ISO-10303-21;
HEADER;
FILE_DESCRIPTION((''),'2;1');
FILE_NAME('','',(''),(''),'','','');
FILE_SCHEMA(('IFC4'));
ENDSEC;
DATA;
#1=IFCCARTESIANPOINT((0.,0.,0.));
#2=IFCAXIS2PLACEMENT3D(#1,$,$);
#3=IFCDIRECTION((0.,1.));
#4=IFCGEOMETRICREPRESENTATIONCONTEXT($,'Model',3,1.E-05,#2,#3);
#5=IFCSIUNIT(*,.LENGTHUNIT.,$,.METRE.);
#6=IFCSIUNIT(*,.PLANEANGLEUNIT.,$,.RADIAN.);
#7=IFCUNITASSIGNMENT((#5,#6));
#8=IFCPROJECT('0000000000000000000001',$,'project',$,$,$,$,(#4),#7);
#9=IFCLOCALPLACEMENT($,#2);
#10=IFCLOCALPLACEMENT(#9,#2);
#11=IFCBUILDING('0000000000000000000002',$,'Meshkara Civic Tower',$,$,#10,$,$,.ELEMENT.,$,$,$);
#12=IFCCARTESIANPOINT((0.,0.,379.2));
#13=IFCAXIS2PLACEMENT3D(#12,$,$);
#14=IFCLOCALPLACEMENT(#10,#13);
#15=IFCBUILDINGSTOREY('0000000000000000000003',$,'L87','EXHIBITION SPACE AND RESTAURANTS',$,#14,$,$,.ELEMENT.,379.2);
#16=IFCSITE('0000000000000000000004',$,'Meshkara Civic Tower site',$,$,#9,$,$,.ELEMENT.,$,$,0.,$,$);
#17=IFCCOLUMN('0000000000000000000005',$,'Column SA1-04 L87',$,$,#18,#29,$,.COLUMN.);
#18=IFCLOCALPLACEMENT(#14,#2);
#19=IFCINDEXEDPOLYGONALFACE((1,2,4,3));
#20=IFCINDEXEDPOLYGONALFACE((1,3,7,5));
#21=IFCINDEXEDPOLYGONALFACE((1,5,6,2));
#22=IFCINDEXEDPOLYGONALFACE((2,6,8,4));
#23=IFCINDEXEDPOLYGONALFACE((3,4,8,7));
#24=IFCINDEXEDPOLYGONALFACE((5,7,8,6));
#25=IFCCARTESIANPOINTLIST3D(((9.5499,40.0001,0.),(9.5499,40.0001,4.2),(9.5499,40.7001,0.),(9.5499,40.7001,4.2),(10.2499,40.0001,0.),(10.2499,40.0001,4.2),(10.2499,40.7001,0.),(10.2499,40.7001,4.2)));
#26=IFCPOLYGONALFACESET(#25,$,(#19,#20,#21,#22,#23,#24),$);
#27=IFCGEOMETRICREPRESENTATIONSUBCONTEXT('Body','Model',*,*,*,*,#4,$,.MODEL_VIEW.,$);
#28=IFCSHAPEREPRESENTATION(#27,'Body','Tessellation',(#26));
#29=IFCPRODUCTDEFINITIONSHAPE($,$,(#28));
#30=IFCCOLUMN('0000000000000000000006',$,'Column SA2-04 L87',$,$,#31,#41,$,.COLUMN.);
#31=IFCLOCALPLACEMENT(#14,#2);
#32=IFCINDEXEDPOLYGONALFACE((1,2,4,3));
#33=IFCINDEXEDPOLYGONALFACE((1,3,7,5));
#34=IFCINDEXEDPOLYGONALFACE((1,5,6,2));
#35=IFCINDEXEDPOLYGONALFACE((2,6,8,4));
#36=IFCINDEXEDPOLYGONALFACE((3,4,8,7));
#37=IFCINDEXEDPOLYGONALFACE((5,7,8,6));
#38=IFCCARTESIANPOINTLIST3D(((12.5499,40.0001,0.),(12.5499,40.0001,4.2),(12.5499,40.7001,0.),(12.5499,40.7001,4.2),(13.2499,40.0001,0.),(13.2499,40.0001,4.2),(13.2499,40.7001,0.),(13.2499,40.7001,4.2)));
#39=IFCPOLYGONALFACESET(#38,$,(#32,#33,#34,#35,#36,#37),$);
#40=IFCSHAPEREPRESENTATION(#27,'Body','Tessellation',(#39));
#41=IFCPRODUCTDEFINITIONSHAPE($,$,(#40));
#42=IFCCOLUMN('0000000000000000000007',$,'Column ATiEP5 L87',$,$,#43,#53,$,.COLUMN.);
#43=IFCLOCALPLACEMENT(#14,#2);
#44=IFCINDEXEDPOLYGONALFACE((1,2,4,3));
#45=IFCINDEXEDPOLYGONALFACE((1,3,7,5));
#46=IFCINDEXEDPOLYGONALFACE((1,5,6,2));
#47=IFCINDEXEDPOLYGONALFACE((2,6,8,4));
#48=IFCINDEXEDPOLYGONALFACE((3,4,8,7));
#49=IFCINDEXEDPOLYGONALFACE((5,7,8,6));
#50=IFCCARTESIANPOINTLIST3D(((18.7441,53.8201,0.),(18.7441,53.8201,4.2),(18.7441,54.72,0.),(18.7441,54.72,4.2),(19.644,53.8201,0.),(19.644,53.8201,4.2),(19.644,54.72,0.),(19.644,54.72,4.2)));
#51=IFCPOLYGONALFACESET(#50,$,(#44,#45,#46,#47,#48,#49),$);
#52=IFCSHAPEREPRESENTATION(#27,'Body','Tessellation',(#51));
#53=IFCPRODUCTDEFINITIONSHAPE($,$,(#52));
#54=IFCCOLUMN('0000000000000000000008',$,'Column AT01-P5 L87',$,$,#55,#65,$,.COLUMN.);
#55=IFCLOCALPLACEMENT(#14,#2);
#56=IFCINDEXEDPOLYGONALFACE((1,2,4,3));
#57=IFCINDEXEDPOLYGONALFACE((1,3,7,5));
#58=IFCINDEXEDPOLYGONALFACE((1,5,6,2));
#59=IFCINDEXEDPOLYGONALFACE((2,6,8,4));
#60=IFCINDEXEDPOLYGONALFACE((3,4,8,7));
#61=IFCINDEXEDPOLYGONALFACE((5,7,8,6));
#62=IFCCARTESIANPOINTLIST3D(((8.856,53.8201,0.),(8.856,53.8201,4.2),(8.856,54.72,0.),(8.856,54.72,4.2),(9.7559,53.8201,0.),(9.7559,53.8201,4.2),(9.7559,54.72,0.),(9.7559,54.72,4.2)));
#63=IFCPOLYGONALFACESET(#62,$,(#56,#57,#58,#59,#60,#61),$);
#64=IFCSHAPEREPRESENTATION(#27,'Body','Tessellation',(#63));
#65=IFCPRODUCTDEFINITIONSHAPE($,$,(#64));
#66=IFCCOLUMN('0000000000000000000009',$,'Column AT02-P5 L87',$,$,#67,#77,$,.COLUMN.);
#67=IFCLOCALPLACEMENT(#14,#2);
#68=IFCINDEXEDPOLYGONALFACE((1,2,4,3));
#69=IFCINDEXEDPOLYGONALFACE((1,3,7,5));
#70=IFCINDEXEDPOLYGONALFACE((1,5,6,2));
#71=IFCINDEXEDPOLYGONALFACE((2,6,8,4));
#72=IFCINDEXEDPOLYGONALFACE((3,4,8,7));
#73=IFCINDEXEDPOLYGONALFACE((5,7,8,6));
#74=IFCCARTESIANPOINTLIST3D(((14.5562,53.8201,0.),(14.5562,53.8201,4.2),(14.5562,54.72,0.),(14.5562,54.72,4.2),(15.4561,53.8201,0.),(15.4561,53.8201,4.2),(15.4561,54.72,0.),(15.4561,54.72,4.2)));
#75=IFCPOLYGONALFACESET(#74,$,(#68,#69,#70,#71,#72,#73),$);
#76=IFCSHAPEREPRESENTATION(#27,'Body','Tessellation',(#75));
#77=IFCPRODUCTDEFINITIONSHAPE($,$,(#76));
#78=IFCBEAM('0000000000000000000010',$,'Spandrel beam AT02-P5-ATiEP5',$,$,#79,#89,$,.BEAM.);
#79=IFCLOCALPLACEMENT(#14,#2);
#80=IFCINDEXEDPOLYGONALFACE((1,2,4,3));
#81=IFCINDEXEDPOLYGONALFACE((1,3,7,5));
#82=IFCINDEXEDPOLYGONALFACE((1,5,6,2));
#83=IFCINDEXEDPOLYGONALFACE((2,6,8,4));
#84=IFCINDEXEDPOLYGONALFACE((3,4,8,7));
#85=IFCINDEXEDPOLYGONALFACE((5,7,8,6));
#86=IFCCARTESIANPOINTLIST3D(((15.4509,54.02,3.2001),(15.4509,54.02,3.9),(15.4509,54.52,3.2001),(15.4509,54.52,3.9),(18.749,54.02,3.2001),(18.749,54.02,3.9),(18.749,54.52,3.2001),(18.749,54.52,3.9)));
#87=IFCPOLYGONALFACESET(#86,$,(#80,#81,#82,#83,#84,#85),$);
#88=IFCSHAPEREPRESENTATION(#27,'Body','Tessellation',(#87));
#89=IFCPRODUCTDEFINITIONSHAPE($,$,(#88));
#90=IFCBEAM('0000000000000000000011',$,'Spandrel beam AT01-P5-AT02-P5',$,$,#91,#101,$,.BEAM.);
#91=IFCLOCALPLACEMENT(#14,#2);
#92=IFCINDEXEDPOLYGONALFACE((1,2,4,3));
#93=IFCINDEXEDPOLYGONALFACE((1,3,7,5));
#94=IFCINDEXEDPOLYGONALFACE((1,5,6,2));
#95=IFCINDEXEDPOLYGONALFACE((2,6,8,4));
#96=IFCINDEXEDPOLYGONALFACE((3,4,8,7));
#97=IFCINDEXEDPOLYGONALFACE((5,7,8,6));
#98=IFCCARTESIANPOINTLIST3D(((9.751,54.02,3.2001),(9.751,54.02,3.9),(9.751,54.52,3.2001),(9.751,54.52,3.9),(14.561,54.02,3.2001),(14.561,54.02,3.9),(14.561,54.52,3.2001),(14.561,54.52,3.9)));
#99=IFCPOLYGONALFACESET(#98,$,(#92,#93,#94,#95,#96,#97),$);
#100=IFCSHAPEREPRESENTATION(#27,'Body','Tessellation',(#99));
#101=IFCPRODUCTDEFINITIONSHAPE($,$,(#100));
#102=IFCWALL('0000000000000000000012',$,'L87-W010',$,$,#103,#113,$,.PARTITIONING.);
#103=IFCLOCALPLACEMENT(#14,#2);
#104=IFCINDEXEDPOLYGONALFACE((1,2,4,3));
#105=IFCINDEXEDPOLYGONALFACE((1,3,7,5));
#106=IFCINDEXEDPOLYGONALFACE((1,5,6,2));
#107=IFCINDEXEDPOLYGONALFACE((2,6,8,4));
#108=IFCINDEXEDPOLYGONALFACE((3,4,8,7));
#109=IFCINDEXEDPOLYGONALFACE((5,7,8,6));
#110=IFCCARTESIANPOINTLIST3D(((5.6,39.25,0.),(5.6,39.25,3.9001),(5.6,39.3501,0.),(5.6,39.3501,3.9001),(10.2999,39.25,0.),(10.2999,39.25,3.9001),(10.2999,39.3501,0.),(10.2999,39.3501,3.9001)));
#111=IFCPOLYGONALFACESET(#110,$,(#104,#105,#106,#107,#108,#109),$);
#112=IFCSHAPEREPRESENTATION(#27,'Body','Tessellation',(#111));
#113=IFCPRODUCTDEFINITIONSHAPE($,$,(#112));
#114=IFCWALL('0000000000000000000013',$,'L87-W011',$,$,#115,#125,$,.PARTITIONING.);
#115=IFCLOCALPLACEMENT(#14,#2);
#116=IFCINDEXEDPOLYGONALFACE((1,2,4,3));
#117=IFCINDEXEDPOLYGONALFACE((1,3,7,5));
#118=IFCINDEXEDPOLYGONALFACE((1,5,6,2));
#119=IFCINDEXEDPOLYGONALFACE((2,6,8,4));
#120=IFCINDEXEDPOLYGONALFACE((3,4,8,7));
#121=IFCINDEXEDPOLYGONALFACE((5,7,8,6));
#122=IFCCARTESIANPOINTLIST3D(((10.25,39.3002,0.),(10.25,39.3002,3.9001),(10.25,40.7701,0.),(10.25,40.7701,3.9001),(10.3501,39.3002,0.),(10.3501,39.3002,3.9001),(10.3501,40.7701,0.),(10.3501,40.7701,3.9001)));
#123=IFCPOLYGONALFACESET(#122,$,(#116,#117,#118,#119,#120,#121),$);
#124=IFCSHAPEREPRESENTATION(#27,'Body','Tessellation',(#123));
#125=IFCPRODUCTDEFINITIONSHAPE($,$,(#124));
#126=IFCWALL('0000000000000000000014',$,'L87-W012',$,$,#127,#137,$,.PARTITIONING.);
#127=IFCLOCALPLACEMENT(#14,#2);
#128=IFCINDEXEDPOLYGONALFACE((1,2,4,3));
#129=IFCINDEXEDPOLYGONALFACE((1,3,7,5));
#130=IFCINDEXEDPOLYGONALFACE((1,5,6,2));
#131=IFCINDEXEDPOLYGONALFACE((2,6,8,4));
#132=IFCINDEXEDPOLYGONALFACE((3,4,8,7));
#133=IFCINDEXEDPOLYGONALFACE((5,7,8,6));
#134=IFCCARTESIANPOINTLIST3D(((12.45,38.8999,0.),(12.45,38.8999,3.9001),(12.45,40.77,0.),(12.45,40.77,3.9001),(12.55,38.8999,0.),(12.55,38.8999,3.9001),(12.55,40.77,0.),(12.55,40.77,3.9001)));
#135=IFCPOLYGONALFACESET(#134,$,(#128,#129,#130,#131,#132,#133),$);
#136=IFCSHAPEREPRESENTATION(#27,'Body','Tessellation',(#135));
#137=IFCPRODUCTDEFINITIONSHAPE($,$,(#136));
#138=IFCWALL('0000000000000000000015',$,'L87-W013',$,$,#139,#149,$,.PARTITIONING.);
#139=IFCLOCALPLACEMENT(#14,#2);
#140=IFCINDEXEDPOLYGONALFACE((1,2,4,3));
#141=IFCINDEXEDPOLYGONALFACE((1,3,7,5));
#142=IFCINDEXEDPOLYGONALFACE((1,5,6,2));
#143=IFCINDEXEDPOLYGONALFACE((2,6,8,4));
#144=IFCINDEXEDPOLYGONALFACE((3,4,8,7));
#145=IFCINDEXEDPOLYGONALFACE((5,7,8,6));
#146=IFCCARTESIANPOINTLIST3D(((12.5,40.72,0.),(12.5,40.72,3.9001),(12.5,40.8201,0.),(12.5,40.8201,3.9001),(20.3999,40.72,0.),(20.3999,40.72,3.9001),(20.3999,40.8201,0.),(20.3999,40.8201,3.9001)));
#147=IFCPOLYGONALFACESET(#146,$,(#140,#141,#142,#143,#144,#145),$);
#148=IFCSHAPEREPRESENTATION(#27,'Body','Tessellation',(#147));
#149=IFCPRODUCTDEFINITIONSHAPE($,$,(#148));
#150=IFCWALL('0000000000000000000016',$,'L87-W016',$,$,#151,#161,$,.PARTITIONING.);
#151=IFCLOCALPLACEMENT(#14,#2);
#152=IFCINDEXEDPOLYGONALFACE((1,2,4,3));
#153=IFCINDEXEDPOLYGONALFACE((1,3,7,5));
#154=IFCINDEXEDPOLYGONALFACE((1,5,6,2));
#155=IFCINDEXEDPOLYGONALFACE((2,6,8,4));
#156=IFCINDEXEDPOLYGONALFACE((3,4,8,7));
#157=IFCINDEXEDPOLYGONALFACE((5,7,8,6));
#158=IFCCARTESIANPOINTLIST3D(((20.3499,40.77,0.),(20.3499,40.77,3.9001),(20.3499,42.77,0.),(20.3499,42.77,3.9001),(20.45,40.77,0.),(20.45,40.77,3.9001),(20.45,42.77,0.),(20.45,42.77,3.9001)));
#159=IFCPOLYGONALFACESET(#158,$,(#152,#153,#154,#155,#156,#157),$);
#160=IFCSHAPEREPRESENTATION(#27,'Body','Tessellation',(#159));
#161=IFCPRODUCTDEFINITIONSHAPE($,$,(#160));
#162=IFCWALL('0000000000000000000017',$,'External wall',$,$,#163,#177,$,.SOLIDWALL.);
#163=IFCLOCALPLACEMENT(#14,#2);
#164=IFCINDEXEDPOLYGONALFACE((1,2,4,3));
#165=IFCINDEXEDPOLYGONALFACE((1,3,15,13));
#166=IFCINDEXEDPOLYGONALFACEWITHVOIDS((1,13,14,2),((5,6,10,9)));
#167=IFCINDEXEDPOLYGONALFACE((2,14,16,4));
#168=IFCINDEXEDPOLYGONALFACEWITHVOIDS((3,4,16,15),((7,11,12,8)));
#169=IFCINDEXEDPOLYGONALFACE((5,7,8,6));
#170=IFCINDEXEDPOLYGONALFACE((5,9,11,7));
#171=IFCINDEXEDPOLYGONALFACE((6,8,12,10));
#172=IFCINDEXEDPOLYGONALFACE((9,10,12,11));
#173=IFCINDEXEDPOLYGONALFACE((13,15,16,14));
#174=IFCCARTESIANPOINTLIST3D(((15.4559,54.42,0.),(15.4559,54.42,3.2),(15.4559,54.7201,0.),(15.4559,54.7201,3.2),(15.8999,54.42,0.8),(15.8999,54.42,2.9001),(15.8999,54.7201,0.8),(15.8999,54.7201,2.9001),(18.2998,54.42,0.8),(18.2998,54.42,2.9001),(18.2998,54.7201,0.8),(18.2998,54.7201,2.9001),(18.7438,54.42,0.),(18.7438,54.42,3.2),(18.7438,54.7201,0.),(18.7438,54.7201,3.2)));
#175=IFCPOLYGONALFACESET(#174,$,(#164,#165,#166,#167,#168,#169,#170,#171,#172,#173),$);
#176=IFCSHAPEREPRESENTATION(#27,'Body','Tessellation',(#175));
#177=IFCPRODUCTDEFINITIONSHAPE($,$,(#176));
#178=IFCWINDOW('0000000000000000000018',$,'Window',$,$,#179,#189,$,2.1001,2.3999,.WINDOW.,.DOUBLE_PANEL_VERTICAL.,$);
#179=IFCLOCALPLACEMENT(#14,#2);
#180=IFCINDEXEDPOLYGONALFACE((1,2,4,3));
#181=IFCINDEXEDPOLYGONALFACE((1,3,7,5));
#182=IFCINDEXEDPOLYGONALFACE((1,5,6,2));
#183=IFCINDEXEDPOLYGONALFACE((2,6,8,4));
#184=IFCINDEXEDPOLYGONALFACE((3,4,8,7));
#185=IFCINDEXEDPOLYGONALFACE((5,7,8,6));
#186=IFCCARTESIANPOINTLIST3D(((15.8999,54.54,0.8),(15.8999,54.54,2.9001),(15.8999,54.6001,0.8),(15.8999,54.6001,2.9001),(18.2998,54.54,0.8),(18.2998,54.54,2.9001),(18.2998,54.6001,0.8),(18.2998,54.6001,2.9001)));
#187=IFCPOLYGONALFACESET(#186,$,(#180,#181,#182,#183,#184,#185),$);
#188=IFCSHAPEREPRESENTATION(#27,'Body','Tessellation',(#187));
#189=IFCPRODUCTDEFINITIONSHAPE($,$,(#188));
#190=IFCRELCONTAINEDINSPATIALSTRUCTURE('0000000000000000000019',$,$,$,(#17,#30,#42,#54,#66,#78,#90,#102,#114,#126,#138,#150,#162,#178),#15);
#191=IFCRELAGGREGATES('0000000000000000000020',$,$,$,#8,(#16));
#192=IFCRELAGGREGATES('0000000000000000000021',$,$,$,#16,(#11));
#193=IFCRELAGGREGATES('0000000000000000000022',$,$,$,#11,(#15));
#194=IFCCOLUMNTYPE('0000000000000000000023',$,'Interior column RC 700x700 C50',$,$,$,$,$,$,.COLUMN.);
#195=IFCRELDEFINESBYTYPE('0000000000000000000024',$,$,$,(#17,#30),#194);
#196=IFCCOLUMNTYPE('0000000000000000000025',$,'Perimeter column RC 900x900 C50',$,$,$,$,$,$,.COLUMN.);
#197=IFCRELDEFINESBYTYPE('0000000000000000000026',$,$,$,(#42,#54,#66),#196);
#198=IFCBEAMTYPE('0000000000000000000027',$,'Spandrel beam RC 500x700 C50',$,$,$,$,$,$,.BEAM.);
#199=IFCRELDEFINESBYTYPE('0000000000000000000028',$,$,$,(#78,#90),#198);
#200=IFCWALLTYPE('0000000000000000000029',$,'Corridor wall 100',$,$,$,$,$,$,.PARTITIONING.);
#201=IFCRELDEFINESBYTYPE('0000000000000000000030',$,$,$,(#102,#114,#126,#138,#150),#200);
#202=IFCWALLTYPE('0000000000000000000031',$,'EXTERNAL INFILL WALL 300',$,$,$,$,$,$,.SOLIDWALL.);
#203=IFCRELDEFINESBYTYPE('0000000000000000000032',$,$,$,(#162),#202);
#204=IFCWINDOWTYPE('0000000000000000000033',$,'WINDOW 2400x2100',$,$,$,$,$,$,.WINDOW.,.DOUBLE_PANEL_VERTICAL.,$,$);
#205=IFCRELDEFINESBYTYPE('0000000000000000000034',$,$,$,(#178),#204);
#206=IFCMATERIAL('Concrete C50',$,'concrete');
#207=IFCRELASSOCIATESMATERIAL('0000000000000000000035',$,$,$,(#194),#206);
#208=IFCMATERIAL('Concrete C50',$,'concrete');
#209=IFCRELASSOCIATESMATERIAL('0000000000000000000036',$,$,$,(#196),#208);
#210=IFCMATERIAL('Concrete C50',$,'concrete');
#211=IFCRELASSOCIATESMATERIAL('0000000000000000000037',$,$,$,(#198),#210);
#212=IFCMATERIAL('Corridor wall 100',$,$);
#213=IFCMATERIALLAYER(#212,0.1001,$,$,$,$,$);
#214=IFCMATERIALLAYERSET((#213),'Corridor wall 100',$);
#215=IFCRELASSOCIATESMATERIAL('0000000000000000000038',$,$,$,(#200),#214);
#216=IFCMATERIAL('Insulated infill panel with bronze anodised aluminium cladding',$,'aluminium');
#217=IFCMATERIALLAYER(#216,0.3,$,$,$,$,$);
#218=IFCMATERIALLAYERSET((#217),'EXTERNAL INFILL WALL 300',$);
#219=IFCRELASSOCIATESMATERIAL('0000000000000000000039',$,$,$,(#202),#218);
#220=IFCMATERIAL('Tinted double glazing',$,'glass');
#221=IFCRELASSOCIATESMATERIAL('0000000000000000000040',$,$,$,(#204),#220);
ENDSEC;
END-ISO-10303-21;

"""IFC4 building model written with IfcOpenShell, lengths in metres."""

from ifc_helpers import new_model, si_unit, direction, frame, frame_2d, origin, origin_2d, place, context, subcontext, project, spatial, rectangle, extrude, material, layer, layer_set, material_profile, profile_set, type_object, element, fill, save


model = new_model("IFC4")

# Units and contexts
model_context = context("Model", 3, precision=1e-05, world=origin(), true_north=direction((0.0, 1.0)))
body_context = subcontext(model_context, "Body", "Model", "MODEL_VIEW")
ifc_project = project(units=[si_unit("LENGTHUNIT", "METRE"), si_unit("PLANEANGLEUNIT", "RADIAN")], contexts=[model_context])

# Site, building, storey
site_placement = place(None, origin())
site = spatial("IfcSite", under=ifc_project, at=site_placement, Name="Meshkara Civic Tower site", CompositionType="ELEMENT", RefElevation=0.0)
building_placement = place(site_placement, origin())
building = spatial("IfcBuilding", under=site, at=building_placement, Name="Meshkara Civic Tower", CompositionType="ELEMENT")
storey_placement = place(building_placement, frame((0.0, 0.0, 379.2)))
storey = spatial("IfcBuildingStorey", under=building, at=storey_placement, Name="L87", Description="EXHIBITION SPACE AND RESTAURANTS", CompositionType="ELEMENT", Elevation=379.2)

# Columns
ifc_material_1 = material(Name="Concrete C50", Category="concrete")
ifc_material_profile_1 = material_profile(ifc_material_1, rectangle(XDim=0.7, YDim=0.7, at=origin_2d()))
ifc_profile_set_1 = profile_set([ifc_material_profile_1], Name="Concrete C50")
column_type_1 = type_object("IfcColumnType", Name="Interior column RC 700x700 C50", PredefinedType="COLUMN", material=ifc_profile_set_1)
for number, where, z_axis, x_axis, name in (
    (1, (9.8999, 40.3501, 0.0), (0.0, 0.0, 1.0), (1.0, 0.0, 0.0), "Column SA1-04 L87"),
    (2, (12.8999, 40.3501, 0.0), (0.0, 0.0, 1.0), (1.0, 0.0, 0.0), "Column SA2-04 L87"),
):
    element("IfcColumn", number, at=place(storey_placement, frame(where, z_axis=z_axis, x_axis=x_axis)), inside=storey, type_object=column_type_1, Name=name, PredefinedType="COLUMN", context=body_context, shape_type="SweptSolid", body=[
        extrude(rectangle(XDim=0.7, YDim=0.7, at=origin_2d()), origin(), (0.0, 0.0, 1.0), 4.2),
    ])
ifc_material_2 = material(Name="Concrete C50", Category="concrete")
ifc_material_profile_2 = material_profile(ifc_material_2, rectangle(XDim=0.8999, YDim=0.8999, at=origin_2d()))
ifc_profile_set_2 = profile_set([ifc_material_profile_2], Name="Concrete C50")
column_type_2 = type_object("IfcColumnType", Name="Perimeter column RC 900x900 C50", PredefinedType="COLUMN", material=ifc_profile_set_2)
for number, where, z_axis, x_axis, name in (
    (3, (19.1941, 54.27, 0.0), (0.0, 0.0, 1.0), (1.0, 0.0, 0.0), "Column ATiEP5 L87"),
    (4, (9.3059, 54.27, 0.0), (0.0, 0.0, 1.0), (1.0, 0.0, 0.0), "Column AT01-P5 L87"),
    (5, (15.0061, 54.27, 0.0), (0.0, 0.0, 1.0), (1.0, 0.0, 0.0), "Column AT02-P5 L87"),
):
    element("IfcColumn", number, at=place(storey_placement, frame(where, z_axis=z_axis, x_axis=x_axis)), inside=storey, type_object=column_type_2, Name=name, PredefinedType="COLUMN", context=body_context, shape_type="SweptSolid", body=[
        extrude(rectangle(XDim=0.8999, YDim=0.8999, at=origin_2d()), origin(), (0.0, 0.0, 1.0), 4.2),
    ])

# Beams
ifc_material_3 = material(Name="Concrete C50", Category="concrete")
ifc_material_profile_3 = material_profile(ifc_material_3, rectangle(XDim=0.5, YDim=0.7, at=origin_2d()))
ifc_profile_set_3 = profile_set([ifc_material_profile_3], Name="Concrete C50")
beam_type = type_object("IfcBeamType", Name="Spandrel beam RC 500x700 C50", PredefinedType="BEAM", material=ifc_profile_set_3)
beam_1_placement = place(storey_placement, frame((18.749, 54.27, 3.55), z_axis=(-1.0, 0.0, 0.0), x_axis=(0.0, -1.0, 0.0)))
element("IfcBeam", 6, at=beam_1_placement, inside=storey, type_object=beam_type, Name="Spandrel beam AT02-P5-ATiEP5", PredefinedType="BEAM", context=body_context, shape_type="SweptSolid", body=[
    extrude(rectangle(XDim=0.5, YDim=0.7, at=origin_2d()), origin(), (0.0, 0.0, 1.0), 3.2981),
])
beam_2_placement = place(storey_placement, frame((14.561, 54.27, 3.55), z_axis=(-1.0, 0.0, 0.0), x_axis=(0.0, -1.0, 0.0)))
element("IfcBeam", 7, at=beam_2_placement, inside=storey, type_object=beam_type, Name="Spandrel beam AT01-P5-AT02-P5", PredefinedType="BEAM", context=body_context, shape_type="SweptSolid", body=[
    extrude(rectangle(XDim=0.5, YDim=0.7, at=origin_2d()), origin(), (0.0, 0.0, 1.0), 4.8101),
])

# Walls
ifc_material_4 = material(Name="Corridor wall 100")
ifc_layer_1 = layer(ifc_material_4, 0.1001)
ifc_layer_set_1 = layer_set([ifc_layer_1], Name="Corridor wall 100")
wall_type_1 = type_object("IfcWallType", Name="Corridor wall 100", PredefinedType="PARTITIONING", material=ifc_layer_set_1)
wall_1_placement = place(storey_placement, frame((10.3, 39.3, 0.0), z_axis=(0.0, 0.0, 1.0), x_axis=(-1.0, 0.0, 0.0)))
element("IfcWall", 8, at=wall_1_placement, inside=storey, type_object=wall_type_1, Name="L87-W010", PredefinedType="PARTITIONING", context=body_context, shape_type="SweptSolid", body=[
    extrude(rectangle(XDim=4.7, YDim=0.1001, at=frame_2d((2.3501, 0.0))), origin(), (0.0, 0.0, 1.0), 3.9001),
])
wall_2_placement = place(storey_placement, frame((10.3, 40.77, 0.0), z_axis=(0.0, 0.0, 1.0), x_axis=(0.0, -1.0, 0.0)))
element("IfcWall", 9, at=wall_2_placement, inside=storey, type_object=wall_type_1, Name="L87-W011", PredefinedType="PARTITIONING", context=body_context, shape_type="SweptSolid", body=[
    extrude(rectangle(XDim=1.47, YDim=0.1001, at=frame_2d((0.7349, 0.0))), origin(), (0.0, 0.0, 1.0), 3.9001),
])
wall_3_placement = place(storey_placement, frame((12.5, 38.8999, 0.0), z_axis=(0.0, 0.0, 1.0), x_axis=(0.0, 1.0, 0.0)))
element("IfcWall", 10, at=wall_3_placement, inside=storey, type_object=wall_type_1, Name="L87-W012", PredefinedType="PARTITIONING", context=body_context, shape_type="SweptSolid", body=[
    extrude(rectangle(XDim=1.8701, YDim=0.1001, at=frame_2d((0.9351, 0.0))), origin(), (0.0, 0.0, 1.0), 3.9001),
])
wall_4_placement = place(storey_placement, frame((12.5, 40.77, 0.0), z_axis=(0.0, 0.0, 1.0), x_axis=(1.0, 0.0, 0.0)))
element("IfcWall", 11, at=wall_4_placement, inside=storey, type_object=wall_type_1, Name="L87-W013", PredefinedType="PARTITIONING", context=body_context, shape_type="SweptSolid", body=[
    extrude(rectangle(XDim=7.8999, YDim=0.1001, at=frame_2d((3.95, 0.0))), origin(), (0.0, 0.0, 1.0), 3.9001),
])
wall_5_placement = place(storey_placement, frame((20.3999, 40.77, 0.0), z_axis=(0.0, 0.0, 1.0), x_axis=(0.0, 1.0, 0.0)))
element("IfcWall", 12, at=wall_5_placement, inside=storey, type_object=wall_type_1, Name="L87-W016", PredefinedType="PARTITIONING", context=body_context, shape_type="SweptSolid", body=[
    extrude(rectangle(XDim=2.0, YDim=0.1001, at=frame_2d((1.0, 0.0))), origin(), (0.0, 0.0, 1.0), 3.9001),
])

# Wall, opening, window
ifc_material_5 = material(Name="Insulated infill panel with bronze anodised aluminium cladding", Category="aluminium")
ifc_layer_2 = layer(ifc_material_5, 0.3)
ifc_layer_set_2 = layer_set([ifc_layer_2], Name="EXTERNAL INFILL WALL 300")
wall_type_2 = type_object("IfcWallType", Name="EXTERNAL INFILL WALL 300", PredefinedType="SOLIDWALL", material=ifc_layer_set_2)
wall_6_placement = place(storey_placement, frame((18.7439, 54.5701, 0.0), z_axis=(0.0, 0.0, 1.0), x_axis=(-1.0, 0.0, 0.0)))
wall_6 = element("IfcWall", 13, at=wall_6_placement, inside=storey, type_object=wall_type_2, Name="External wall", PredefinedType="SOLIDWALL", context=body_context, shape_type="SweptSolid", body=[
    extrude(rectangle(XDim=3.2878, YDim=0.3, at=frame_2d((1.644, 0.0))), origin(), (0.0, 0.0, 1.0), 3.2),
])
opening_1_placement = place(wall_6_placement, frame((0.4441, 0.0, 0.8)))
opening_1 = element("IfcOpeningElement", 14, at=opening_1_placement, cuts=wall_6, PredefinedType="OPENING", context=body_context, shape_type="SweptSolid", body=[
    extrude(rectangle(XDim=2.3999, YDim=2.1001, at=frame_2d((1.2, 1.05))), frame((0.0, 0.1599, 0.0), z_axis=(0.0, -1.0, 0.0), x_axis=(1.0, 0.0, 0.0)), (0.0, 0.0, 1.0), 0.3201),
])
ifc_material_6 = material(Name="Tinted double glazing", Category="glass")
window_type = type_object("IfcWindowType", Name="WINDOW 2400x2100", PartitioningType="DOUBLE_PANEL_VERTICAL", PredefinedType="WINDOW", material=ifc_material_6)
window_1_placement = place(opening_1_placement, origin())
window_1 = element("IfcWindow", 15, at=window_1_placement, inside=storey, type_object=window_type, Name="Window", OverallHeight=2.1001, OverallWidth=2.3999, PartitioningType="DOUBLE_PANEL_VERTICAL", PredefinedType="WINDOW", context=body_context, shape_type="SweptSolid", body=[
    extrude(rectangle(XDim=2.3999, YDim=2.1001, at=frame_2d((1.2, 1.05))), frame((0.0, 0.03, 0.0), z_axis=(0.0, -1.0, 0.0), x_axis=(1.0, 0.0, 0.0)), (0.0, 0.0, 1.0), 0.0601),
])
fill(opening_1, window_1)

save(model, "model.ifc")
